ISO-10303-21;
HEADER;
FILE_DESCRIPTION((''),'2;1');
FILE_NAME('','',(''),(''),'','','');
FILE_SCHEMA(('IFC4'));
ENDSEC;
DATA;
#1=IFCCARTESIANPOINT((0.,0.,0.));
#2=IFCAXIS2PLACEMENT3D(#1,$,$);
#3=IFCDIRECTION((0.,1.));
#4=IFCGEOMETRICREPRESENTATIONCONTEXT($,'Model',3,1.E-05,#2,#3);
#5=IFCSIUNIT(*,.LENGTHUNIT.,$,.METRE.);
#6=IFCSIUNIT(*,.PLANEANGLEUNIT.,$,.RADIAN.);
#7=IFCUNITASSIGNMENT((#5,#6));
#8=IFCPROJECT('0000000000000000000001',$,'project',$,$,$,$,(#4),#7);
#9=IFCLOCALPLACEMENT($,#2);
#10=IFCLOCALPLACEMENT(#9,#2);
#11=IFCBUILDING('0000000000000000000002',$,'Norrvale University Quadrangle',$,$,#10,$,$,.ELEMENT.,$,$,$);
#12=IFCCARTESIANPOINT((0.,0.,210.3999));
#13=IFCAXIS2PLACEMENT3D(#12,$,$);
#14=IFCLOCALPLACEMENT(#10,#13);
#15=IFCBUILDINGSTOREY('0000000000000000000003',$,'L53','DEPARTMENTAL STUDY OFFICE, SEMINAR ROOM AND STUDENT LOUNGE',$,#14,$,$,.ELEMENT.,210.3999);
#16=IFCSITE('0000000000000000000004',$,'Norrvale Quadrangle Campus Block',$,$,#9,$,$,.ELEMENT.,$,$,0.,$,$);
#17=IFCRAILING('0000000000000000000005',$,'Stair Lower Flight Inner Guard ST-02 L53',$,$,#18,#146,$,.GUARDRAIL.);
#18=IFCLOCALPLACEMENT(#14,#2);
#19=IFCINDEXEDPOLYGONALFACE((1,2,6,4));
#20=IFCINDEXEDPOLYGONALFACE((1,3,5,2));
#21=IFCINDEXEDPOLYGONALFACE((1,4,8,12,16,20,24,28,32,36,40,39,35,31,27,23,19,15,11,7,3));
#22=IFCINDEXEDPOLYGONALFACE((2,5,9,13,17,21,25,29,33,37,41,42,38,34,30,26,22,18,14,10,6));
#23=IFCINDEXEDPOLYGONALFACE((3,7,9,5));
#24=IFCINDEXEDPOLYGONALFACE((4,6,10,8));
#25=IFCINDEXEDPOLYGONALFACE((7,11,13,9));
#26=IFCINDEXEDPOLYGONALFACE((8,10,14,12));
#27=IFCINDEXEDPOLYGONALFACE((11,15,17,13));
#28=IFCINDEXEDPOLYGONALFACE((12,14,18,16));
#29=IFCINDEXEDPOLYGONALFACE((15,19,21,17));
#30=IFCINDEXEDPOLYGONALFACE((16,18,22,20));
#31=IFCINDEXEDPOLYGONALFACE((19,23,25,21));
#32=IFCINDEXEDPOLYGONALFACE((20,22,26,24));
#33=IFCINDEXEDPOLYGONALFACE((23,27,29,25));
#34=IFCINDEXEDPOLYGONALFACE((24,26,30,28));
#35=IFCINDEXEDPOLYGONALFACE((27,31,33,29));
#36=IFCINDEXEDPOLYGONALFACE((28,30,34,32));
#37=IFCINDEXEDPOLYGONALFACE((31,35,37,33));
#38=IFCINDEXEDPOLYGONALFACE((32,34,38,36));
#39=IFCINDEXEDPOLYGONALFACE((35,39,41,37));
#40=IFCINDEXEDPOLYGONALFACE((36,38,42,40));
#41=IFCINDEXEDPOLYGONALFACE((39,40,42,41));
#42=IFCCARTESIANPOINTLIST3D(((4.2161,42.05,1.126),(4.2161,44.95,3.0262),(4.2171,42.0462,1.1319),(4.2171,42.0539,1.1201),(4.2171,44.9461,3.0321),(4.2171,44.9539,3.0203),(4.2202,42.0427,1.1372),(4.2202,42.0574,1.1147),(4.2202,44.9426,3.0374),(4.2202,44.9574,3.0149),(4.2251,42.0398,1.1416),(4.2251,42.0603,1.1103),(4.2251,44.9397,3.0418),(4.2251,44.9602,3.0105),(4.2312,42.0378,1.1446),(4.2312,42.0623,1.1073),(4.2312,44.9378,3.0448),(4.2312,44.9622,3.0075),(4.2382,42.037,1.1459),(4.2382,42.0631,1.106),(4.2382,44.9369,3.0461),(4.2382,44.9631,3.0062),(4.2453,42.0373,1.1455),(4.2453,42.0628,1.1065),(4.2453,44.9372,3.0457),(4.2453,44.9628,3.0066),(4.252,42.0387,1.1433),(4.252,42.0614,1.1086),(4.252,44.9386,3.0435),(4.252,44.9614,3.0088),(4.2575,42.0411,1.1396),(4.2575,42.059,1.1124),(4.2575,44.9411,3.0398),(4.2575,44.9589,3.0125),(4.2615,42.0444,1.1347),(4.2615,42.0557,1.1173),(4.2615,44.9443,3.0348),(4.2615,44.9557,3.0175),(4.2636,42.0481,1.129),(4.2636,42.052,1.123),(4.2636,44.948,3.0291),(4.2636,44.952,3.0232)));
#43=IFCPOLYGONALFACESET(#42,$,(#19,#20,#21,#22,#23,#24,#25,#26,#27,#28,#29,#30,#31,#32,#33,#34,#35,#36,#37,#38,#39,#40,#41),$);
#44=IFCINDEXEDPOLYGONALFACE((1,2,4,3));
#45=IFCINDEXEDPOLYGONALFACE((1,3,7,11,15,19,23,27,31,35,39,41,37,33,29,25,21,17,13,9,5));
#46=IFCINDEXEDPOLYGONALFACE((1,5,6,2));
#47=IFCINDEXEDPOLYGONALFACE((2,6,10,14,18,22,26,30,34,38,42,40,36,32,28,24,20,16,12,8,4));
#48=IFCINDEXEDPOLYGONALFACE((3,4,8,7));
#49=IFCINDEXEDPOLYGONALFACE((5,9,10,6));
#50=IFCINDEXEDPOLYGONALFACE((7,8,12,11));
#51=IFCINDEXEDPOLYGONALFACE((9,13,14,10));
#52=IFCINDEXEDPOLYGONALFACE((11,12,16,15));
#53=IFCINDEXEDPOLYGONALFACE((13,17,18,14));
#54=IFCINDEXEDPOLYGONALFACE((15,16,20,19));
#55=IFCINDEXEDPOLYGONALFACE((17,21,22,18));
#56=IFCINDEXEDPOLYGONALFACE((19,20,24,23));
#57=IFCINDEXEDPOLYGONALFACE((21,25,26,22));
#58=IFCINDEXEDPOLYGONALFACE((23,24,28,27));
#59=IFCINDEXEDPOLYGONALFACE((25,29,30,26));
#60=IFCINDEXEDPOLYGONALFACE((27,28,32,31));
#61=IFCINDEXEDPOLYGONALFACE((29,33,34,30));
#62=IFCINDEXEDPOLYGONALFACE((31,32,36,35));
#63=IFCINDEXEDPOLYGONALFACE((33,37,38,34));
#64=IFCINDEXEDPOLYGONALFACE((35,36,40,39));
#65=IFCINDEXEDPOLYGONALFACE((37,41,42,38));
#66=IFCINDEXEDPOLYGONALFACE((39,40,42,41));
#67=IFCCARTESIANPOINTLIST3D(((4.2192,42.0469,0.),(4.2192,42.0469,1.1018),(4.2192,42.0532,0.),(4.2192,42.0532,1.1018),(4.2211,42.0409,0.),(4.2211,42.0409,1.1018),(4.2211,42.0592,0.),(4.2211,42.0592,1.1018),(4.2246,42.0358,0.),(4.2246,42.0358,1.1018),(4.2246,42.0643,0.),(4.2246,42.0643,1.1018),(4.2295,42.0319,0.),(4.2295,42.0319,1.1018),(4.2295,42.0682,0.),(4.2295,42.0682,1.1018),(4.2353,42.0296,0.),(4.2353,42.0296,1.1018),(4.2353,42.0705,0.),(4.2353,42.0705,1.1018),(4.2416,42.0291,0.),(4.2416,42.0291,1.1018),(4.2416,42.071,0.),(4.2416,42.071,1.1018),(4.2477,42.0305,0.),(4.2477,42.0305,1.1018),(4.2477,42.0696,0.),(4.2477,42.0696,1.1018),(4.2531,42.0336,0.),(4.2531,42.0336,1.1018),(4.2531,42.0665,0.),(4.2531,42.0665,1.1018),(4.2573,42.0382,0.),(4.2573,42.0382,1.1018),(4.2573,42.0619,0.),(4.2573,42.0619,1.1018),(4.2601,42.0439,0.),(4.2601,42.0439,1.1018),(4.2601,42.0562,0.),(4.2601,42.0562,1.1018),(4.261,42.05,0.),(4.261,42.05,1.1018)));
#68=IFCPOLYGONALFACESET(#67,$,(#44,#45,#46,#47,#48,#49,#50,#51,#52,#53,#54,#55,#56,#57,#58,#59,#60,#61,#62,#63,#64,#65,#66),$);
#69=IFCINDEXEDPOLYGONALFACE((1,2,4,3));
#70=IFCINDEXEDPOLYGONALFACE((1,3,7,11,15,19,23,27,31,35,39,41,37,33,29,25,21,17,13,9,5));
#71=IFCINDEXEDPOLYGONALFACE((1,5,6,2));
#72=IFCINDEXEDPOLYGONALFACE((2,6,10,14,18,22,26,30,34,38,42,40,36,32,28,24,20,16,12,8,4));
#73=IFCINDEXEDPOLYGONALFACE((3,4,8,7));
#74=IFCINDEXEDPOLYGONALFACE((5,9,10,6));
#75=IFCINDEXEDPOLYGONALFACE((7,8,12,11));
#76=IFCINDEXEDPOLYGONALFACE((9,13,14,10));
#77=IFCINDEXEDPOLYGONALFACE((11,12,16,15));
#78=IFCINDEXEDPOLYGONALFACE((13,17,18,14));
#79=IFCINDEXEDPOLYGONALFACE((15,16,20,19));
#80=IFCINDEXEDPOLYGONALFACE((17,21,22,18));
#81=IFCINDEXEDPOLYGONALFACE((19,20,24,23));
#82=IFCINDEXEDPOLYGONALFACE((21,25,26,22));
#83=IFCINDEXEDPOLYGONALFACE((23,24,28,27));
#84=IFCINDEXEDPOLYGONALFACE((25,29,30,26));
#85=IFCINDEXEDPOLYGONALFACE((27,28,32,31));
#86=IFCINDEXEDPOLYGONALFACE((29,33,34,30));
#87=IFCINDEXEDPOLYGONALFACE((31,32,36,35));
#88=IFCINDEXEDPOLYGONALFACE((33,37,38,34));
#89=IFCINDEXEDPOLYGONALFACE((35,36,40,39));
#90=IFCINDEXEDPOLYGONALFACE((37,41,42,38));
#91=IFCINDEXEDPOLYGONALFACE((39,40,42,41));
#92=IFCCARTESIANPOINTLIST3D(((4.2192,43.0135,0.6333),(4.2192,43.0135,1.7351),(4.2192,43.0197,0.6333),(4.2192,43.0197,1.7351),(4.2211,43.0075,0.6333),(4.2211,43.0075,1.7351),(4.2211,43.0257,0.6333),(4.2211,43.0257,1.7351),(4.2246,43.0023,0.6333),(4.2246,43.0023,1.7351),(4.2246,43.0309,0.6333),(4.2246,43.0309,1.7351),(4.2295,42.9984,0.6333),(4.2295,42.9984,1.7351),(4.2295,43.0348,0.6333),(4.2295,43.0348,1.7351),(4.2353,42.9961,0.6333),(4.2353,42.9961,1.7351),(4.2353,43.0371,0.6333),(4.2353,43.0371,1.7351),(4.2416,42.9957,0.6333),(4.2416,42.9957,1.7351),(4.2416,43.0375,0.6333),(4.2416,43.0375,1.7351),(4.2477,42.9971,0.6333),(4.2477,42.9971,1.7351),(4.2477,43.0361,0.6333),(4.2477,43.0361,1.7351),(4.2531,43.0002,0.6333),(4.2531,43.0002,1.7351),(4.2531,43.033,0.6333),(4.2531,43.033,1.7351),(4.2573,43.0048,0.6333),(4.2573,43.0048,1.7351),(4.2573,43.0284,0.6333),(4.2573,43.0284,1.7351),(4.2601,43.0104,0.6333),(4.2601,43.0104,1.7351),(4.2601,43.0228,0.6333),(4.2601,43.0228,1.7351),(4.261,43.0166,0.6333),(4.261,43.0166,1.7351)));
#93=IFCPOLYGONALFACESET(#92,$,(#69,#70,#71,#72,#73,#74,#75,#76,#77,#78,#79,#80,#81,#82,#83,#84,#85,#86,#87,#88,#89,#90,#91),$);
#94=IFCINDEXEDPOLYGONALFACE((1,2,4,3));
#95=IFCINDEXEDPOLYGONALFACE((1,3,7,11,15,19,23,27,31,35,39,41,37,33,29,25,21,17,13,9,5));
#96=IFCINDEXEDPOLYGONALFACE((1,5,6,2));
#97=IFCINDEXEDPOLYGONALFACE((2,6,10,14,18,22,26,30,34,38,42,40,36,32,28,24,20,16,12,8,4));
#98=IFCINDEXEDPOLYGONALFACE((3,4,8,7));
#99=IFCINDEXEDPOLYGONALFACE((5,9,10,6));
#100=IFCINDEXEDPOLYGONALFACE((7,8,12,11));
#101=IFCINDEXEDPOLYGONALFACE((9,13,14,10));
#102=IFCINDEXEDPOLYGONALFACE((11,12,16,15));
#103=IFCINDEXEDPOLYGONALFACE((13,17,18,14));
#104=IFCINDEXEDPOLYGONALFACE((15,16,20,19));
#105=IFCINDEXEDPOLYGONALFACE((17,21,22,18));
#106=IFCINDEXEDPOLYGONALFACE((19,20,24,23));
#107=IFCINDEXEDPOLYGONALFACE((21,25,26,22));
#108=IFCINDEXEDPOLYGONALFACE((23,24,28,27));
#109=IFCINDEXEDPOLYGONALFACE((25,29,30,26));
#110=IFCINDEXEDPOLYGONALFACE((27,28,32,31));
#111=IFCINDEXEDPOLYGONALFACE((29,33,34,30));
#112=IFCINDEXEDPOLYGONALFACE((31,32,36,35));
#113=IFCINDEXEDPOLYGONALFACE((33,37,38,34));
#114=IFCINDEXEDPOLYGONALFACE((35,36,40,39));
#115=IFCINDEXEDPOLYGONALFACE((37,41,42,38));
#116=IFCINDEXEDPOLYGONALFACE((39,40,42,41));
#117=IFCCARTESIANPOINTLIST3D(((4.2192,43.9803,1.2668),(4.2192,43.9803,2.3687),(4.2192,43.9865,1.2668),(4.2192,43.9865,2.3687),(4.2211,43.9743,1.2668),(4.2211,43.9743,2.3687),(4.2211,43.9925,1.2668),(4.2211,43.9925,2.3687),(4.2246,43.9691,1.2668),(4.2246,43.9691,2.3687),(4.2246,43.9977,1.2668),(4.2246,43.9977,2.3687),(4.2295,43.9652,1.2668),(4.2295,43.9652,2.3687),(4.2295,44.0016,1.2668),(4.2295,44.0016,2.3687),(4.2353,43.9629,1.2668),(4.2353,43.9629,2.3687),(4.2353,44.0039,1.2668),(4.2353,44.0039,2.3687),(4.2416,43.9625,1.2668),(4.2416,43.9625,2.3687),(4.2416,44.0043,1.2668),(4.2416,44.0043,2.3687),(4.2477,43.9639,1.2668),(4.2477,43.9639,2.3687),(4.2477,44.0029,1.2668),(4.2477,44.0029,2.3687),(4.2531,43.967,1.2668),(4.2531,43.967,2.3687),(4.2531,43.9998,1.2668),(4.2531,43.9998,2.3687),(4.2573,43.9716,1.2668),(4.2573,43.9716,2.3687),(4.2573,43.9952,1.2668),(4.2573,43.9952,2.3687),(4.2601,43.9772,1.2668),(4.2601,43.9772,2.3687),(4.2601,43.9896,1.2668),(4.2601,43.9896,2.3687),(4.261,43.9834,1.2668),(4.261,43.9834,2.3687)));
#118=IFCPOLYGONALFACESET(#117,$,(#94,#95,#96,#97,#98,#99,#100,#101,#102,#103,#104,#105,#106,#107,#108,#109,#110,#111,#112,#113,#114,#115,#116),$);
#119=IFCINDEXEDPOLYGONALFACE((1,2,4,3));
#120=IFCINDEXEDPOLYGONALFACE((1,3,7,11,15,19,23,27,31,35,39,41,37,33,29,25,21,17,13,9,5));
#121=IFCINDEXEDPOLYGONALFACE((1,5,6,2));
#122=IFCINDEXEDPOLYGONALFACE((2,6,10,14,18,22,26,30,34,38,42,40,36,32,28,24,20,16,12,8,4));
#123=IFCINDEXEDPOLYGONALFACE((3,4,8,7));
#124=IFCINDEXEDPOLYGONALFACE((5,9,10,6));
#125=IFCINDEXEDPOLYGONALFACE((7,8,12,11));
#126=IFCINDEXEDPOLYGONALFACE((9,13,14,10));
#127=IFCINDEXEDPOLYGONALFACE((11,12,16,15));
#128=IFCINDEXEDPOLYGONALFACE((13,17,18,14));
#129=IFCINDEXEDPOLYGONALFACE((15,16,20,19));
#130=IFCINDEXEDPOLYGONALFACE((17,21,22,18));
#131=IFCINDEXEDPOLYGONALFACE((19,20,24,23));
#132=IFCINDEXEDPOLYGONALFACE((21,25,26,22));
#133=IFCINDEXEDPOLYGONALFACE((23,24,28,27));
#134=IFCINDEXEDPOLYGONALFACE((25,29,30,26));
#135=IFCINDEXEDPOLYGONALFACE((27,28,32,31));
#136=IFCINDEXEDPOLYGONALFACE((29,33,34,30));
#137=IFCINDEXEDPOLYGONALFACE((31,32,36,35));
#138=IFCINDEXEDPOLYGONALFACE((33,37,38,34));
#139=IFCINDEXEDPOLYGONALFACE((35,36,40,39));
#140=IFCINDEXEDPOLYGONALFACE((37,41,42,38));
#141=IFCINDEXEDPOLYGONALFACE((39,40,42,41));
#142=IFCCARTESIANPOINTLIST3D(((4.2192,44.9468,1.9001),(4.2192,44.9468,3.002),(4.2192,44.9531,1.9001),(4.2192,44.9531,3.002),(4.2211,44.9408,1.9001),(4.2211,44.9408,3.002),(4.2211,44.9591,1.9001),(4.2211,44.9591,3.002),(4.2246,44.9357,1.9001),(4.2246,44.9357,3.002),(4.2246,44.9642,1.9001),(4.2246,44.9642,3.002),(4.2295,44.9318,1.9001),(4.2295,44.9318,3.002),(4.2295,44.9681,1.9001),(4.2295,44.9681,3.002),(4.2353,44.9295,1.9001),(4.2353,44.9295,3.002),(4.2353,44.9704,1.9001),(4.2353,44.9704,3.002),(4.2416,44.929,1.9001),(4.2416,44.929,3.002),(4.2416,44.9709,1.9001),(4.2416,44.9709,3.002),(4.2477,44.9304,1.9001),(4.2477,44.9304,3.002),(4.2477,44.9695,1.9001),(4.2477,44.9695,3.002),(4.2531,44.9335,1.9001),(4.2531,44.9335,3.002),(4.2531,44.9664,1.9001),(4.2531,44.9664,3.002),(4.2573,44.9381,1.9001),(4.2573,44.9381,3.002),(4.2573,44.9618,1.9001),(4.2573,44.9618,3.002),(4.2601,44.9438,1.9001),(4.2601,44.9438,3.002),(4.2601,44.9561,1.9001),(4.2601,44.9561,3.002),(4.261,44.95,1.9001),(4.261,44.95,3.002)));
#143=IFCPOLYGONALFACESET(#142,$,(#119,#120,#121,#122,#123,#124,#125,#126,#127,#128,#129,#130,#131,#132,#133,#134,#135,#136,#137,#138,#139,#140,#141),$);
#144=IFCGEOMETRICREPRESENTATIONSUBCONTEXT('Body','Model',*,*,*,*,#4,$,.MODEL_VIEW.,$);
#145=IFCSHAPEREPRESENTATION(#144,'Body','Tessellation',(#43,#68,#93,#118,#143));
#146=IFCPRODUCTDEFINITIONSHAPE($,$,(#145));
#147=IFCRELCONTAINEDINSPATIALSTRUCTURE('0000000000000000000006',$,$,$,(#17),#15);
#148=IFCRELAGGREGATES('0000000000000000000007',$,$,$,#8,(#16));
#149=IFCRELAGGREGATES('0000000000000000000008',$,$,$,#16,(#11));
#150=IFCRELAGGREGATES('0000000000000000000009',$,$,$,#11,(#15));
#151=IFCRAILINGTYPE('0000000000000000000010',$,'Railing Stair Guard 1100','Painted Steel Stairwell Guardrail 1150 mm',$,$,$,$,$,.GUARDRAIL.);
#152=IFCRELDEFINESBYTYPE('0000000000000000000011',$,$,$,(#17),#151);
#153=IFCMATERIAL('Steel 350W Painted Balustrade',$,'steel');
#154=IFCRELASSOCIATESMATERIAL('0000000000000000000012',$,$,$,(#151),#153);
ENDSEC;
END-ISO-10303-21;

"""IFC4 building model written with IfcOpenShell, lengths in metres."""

from ifc_helpers import new_model, si_unit, direction, frame, origin, origin_2d, place, context, subcontext, project, spatial, circle, extrude, material, type_object, element, save


model = new_model("IFC4")

# Units and contexts
model_context = context("Model", 3, precision=1e-05, world=origin(), true_north=direction((0.0, 1.0)))
body_context = subcontext(model_context, "Body", "Model", "MODEL_VIEW")
ifc_project = project(units=[si_unit("LENGTHUNIT", "METRE"), si_unit("PLANEANGLEUNIT", "RADIAN")], contexts=[model_context])

# Site, building, storey
site_placement = place(None, origin())
site = spatial("IfcSite", under=ifc_project, at=site_placement, Name="Norrvale Quadrangle Campus Block", CompositionType="ELEMENT", RefElevation=0.0)
building_placement = place(site_placement, origin())
building = spatial("IfcBuilding", under=site, at=building_placement, Name="Norrvale University Quadrangle", CompositionType="ELEMENT")
storey_placement = place(building_placement, frame((0.0, 0.0, 210.3999)))
storey = spatial("IfcBuildingStorey", under=building, at=storey_placement, Name="L53", Description="DEPARTMENTAL STUDY OFFICE, SEMINAR ROOM AND STUDENT LOUNGE", CompositionType="ELEMENT", Elevation=210.3999)

# Railing
ifc_material_1 = material(Name="Steel 350W Painted Balustrade", Category="steel")
railing_type_1 = type_object("IfcRailingType", Name="Railing Stair Guard 1100", Description="Painted Steel Stairwell Guardrail 1150 mm", PredefinedType="GUARDRAIL", material=ifc_material_1)
railing_1_placement = place(storey_placement, frame((4.24, 42.05, 0.0)))
element("IfcRailing", 1, at=railing_1_placement, inside=storey, type_object=railing_type_1, Name="Stair Lower Flight Inner Guard ST-02 L53", PredefinedType="GUARDRAIL", context=body_context, shape_type="SweptSolid", body=[
    extrude(circle(Radius=0.0239, at=origin_2d()), frame((0.0, 0.0, 1.126), z_axis=(0.0, 0.836433, 0.548069), x_axis=(-1.0, 0.0, 0.0)), (0.0, 0.0, 1.0), 3.467),
    extrude(circle(Radius=0.021, at=origin_2d()), origin(), (0.0, 0.0, 1.0), 1.1018),
    extrude(circle(Radius=0.021, at=origin_2d()), frame((0.0, 0.9666, 0.6333)), (0.0, 0.0, 1.0), 1.1018),
    extrude(circle(Radius=0.021, at=origin_2d()), frame((0.0, 1.9333, 1.2668)), (0.0, 0.0, 1.0), 1.1018),
    extrude(circle(Radius=0.021, at=origin_2d()), frame((0.0, 2.8999, 1.9001)), (0.0, 0.0, 1.0), 1.1018),
])

save(model, "model.ifc")
